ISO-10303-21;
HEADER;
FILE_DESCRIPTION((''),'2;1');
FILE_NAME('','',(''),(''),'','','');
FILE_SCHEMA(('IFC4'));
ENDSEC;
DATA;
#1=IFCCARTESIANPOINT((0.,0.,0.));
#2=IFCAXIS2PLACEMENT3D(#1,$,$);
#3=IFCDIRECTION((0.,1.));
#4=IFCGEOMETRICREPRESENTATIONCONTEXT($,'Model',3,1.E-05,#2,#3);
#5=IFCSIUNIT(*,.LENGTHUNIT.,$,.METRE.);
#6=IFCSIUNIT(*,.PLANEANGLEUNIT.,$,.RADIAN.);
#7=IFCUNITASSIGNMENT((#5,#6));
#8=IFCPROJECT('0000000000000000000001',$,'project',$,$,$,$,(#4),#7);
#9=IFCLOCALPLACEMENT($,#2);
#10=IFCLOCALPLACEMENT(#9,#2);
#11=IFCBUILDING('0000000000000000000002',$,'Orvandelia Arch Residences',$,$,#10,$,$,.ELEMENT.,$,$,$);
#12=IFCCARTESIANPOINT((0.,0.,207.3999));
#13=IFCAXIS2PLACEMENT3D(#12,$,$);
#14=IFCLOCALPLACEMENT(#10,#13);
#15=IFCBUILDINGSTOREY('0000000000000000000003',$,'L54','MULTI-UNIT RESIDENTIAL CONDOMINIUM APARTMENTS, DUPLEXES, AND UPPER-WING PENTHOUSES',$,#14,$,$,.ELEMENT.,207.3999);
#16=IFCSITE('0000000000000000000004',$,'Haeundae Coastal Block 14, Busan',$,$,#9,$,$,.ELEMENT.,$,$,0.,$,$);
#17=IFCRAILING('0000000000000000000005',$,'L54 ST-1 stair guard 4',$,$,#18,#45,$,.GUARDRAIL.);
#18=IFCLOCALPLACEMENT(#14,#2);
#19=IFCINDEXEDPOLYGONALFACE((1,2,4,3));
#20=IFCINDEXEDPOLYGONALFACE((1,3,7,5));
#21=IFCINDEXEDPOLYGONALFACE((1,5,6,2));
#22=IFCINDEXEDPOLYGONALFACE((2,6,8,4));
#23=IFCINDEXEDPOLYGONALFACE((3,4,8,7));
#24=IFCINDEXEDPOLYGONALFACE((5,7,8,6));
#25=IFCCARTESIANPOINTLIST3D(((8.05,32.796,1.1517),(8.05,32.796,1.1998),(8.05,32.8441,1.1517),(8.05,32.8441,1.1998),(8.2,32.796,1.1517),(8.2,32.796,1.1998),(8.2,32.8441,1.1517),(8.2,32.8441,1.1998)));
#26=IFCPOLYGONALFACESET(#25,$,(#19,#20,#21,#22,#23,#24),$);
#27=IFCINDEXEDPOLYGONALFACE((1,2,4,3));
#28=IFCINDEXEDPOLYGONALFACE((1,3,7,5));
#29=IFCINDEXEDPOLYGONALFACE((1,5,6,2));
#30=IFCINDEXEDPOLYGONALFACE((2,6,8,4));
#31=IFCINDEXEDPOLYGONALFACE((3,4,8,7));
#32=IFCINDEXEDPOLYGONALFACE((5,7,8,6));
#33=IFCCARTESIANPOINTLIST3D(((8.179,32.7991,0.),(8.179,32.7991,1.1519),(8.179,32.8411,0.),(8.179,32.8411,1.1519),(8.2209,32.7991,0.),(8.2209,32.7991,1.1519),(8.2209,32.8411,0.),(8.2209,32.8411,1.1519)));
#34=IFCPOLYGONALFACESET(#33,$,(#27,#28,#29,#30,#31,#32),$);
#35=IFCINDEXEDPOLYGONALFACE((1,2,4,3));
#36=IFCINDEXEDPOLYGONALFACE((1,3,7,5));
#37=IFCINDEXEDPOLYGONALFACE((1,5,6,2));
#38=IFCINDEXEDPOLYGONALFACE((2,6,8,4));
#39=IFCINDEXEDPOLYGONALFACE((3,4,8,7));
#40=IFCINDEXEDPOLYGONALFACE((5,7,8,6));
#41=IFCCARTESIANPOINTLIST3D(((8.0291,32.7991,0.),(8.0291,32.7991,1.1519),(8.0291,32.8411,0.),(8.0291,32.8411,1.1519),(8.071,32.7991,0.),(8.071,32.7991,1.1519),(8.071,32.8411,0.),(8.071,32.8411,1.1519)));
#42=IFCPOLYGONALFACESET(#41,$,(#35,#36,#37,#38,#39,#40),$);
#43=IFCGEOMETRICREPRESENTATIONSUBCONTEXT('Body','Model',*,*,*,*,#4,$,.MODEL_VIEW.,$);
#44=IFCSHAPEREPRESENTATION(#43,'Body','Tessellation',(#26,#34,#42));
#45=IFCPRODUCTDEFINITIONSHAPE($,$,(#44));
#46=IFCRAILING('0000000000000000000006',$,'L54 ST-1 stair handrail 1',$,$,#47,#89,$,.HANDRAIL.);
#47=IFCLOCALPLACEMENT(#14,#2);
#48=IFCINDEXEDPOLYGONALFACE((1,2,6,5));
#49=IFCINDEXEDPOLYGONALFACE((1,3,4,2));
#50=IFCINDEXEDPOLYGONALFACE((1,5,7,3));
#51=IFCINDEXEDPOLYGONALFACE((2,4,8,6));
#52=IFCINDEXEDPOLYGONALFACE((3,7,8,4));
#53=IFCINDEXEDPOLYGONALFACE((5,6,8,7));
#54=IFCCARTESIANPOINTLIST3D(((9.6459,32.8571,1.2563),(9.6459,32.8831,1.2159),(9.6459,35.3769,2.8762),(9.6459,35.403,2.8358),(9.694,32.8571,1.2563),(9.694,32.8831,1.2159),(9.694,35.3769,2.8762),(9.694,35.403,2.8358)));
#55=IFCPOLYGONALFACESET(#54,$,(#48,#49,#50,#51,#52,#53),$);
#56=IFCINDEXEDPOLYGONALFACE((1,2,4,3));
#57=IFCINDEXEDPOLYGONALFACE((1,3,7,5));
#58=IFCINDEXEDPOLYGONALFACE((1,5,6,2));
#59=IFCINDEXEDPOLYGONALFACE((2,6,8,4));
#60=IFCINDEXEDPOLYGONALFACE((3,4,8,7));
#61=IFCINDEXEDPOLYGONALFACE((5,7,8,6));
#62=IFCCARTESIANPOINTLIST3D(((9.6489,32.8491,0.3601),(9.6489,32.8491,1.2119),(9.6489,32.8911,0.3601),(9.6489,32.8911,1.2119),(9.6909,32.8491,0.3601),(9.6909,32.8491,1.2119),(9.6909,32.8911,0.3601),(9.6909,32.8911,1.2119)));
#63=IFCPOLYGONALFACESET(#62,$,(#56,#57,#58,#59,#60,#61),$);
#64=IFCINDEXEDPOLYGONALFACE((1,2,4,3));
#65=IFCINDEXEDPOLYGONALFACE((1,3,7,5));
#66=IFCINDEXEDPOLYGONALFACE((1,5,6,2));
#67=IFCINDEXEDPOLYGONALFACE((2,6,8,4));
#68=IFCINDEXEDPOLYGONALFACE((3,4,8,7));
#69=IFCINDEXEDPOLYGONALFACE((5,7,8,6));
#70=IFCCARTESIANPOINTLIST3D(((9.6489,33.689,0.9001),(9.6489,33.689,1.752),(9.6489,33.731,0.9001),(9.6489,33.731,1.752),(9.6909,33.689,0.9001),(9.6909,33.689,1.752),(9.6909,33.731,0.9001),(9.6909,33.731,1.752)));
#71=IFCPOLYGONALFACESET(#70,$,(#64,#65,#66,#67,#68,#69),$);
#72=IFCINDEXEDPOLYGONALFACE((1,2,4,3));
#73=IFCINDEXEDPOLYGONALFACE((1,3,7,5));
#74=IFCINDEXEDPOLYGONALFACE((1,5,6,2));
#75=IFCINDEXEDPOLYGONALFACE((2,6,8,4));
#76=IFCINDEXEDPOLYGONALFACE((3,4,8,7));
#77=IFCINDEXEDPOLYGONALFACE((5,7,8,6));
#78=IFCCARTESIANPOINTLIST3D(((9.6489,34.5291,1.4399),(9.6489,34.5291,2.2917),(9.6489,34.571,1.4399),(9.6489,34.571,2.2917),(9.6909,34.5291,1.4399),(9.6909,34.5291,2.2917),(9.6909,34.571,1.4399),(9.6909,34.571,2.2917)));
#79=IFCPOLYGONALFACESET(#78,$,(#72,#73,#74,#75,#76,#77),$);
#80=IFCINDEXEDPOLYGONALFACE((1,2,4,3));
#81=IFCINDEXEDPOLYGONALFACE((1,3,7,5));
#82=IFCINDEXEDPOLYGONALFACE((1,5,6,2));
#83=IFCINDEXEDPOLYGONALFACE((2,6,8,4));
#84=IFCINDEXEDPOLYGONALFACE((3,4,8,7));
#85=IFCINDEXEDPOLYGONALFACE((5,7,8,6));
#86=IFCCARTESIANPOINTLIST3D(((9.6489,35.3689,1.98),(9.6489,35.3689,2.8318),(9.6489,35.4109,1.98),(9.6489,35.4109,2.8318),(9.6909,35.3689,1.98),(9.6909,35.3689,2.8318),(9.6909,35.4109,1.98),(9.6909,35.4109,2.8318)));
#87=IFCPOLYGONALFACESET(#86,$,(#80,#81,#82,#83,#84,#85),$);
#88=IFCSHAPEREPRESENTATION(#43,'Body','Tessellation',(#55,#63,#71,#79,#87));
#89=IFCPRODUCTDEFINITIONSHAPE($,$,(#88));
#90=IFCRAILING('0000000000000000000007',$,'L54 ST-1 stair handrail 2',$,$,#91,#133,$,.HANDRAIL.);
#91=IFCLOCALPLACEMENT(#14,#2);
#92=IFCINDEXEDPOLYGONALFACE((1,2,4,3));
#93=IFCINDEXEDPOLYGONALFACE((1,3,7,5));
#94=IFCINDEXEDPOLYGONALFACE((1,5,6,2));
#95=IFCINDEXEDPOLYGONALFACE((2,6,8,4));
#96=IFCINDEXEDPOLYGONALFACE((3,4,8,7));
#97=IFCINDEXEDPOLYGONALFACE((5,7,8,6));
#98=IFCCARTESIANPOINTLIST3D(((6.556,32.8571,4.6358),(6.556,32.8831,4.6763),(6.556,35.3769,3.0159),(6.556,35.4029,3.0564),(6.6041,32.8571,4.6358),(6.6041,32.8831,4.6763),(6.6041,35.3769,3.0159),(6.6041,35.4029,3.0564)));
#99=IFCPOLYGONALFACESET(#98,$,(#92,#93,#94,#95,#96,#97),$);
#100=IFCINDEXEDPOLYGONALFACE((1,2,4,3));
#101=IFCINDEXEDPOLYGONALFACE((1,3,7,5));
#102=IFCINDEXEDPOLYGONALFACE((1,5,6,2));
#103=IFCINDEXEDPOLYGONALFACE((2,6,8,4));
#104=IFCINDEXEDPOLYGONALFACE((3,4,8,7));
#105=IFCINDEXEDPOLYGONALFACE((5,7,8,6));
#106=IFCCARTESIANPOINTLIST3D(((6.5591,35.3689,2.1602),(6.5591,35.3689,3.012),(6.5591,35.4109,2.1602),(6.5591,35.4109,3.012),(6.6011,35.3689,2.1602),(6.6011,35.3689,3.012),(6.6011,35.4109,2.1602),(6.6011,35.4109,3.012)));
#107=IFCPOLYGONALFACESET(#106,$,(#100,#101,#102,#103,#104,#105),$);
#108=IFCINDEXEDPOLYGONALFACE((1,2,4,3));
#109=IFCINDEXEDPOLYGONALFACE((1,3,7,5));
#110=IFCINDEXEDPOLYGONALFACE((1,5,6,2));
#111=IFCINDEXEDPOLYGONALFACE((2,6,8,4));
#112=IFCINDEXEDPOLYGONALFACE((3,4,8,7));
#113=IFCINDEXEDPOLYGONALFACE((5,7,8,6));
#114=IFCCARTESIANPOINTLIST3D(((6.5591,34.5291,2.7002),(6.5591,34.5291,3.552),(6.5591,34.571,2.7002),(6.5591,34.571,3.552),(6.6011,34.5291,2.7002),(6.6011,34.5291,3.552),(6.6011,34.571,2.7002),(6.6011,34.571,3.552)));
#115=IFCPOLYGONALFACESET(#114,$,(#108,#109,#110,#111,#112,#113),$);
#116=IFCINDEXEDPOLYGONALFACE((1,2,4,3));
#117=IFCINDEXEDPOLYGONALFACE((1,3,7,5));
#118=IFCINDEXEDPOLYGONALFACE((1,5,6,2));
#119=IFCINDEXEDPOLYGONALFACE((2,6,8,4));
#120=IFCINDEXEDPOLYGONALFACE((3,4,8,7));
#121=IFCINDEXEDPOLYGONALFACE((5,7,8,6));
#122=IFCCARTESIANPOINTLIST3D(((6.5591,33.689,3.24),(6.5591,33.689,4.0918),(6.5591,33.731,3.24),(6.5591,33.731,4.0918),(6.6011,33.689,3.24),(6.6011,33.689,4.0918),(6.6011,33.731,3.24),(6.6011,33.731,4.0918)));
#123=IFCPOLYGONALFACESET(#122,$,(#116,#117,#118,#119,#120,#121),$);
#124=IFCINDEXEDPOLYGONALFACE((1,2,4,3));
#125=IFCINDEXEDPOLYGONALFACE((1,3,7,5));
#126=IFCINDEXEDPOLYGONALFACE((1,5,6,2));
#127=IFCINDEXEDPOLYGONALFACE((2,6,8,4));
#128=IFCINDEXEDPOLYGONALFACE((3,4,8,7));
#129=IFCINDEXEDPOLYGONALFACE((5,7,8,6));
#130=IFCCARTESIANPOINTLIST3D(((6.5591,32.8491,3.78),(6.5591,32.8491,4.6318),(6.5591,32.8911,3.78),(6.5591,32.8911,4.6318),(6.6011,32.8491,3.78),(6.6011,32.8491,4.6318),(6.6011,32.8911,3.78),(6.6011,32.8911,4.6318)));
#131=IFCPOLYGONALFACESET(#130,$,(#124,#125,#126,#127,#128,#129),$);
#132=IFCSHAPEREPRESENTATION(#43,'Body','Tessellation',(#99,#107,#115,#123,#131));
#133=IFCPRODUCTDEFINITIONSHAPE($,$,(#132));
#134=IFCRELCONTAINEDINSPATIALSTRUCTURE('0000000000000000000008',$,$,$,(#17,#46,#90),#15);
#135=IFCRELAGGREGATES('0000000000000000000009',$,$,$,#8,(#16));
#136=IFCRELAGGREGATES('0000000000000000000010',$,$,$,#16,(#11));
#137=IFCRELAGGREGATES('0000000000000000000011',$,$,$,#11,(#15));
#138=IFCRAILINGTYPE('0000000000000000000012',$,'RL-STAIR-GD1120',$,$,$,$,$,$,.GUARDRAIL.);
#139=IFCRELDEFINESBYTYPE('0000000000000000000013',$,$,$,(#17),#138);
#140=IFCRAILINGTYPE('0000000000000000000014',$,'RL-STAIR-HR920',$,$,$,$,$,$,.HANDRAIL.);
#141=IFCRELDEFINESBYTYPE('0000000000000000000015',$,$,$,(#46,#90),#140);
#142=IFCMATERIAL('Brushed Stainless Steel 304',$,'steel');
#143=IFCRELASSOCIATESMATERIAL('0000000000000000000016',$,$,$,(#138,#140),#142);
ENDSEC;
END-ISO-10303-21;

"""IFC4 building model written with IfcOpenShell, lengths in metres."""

from ifc_helpers import new_model, si_unit, direction, frame, origin, origin_2d, place, context, subcontext, project, spatial, rectangle, extrude, material, type_object, element, save


model = new_model("IFC4")

# Units and contexts
model_context = context("Model", 3, precision=1e-05, world=origin(), true_north=direction((0.0, 1.0)))
body_context = subcontext(model_context, "Body", "Model", "MODEL_VIEW")
ifc_project = project(units=[si_unit("LENGTHUNIT", "METRE"), si_unit("PLANEANGLEUNIT", "RADIAN")], contexts=[model_context])

# Site, building, storey
site_placement = place(None, origin())
site = spatial("IfcSite", under=ifc_project, at=site_placement, Name="Haeundae Coastal Block 14, Busan", CompositionType="ELEMENT", RefElevation=0.0)
building_placement = place(site_placement, origin())
building = spatial("IfcBuilding", under=site, at=building_placement, Name="Orvandelia Arch Residences", CompositionType="ELEMENT")
storey_placement = place(building_placement, frame((0.0, 0.0, 207.3999)))
storey = spatial("IfcBuildingStorey", under=building, at=storey_placement, Name="L54", Description="MULTI-UNIT RESIDENTIAL CONDOMINIUM APARTMENTS, DUPLEXES, AND UPPER-WING PENTHOUSES", CompositionType="ELEMENT", Elevation=207.3999)

# Railings
ifc_material_1 = material(Name="Brushed Stainless Steel 304", Category="steel")
railing_type_1 = type_object("IfcRailingType", Name="RL-STAIR-GD1120", PredefinedType="GUARDRAIL", material=ifc_material_1)
railing_1_placement = place(storey_placement, frame((8.2, 32.8201, 0.0)))
element("IfcRailing", 1, at=railing_1_placement, inside=storey, type_object=railing_type_1, Name="L54 ST-1 stair guard 4", PredefinedType="GUARDRAIL", context=body_context, shape_type="SweptSolid", body=[
    extrude(rectangle(XDim=0.0481, YDim=0.0481, at=origin_2d()), frame((0.0, 0.0, 1.1758), z_axis=(-1.0, 0.0, 0.0), x_axis=(0.0, -1.0, 0.0)), (0.0, 0.0, 1.0), 0.1499),
    extrude(rectangle(XDim=0.042, YDim=0.042, at=origin_2d()), origin(), (0.0, 0.0, 1.0), 1.1519),
    extrude(rectangle(XDim=0.042, YDim=0.042, at=origin_2d()), frame((-0.1499, 0.0, 0.0)), (0.0, 0.0, 1.0), 1.1519),
])
railing_type_2 = type_object("IfcRailingType", Name="RL-STAIR-HR920", PredefinedType="HANDRAIL", material=ifc_material_1)
railing_2_placement = place(storey_placement, frame((9.6699, 32.8701, 0.3601)))
element("IfcRailing", 2, at=railing_2_placement, inside=storey, type_object=railing_type_2, Name="L54 ST-1 stair handrail 1", PredefinedType="HANDRAIL", context=body_context, shape_type="SweptSolid", body=[
    extrude(rectangle(XDim=0.0481, YDim=0.0481, at=origin_2d()), frame((0.0, 0.0, 0.876), z_axis=(0.0, 0.841176, 0.540762), x_axis=(-1.0, 0.0, 0.0)), (0.0, 0.0, 1.0), 2.9956),
    extrude(rectangle(XDim=0.042, YDim=0.042, at=origin_2d()), origin(), (0.0, 0.0, 1.0), 0.8518),
    extrude(rectangle(XDim=0.042, YDim=0.042, at=origin_2d()), frame((0.0, 0.8398, 0.54)), (0.0, 0.0, 1.0), 0.8518),
    extrude(rectangle(XDim=0.042, YDim=0.042, at=origin_2d()), frame((0.0, 1.6799, 1.0798)), (0.0, 0.0, 1.0), 0.8518),
    extrude(rectangle(XDim=0.042, YDim=0.042, at=origin_2d()), frame((0.0, 2.5198, 1.6199)), (0.0, 0.0, 1.0), 0.8518),
])
railing_3_placement = place(storey_placement, frame((6.5801, 35.3899, 2.1602)))
element("IfcRailing", 3, at=railing_3_placement, inside=storey, type_object=railing_type_2, Name="L54 ST-1 stair handrail 2", PredefinedType="HANDRAIL", context=body_context, shape_type="SweptSolid", body=[
    extrude(rectangle(XDim=0.0481, YDim=0.0481, at=origin_2d()), frame((0.0, 0.0, 0.876), z_axis=(0.0, -0.841176, 0.540762), x_axis=(1.0, 0.0, 0.0)), (0.0, 0.0, 1.0), 2.9956),
    extrude(rectangle(XDim=0.042, YDim=0.042, at=origin_2d()), origin(), (0.0, 0.0, 1.0), 0.8518),
    extrude(rectangle(XDim=0.042, YDim=0.042, at=origin_2d()), frame((0.0, -0.8398, 0.54)), (0.0, 0.0, 1.0), 0.8518),
    extrude(rectangle(XDim=0.042, YDim=0.042, at=origin_2d()), frame((0.0, -1.6799, 1.0798)), (0.0, 0.0, 1.0), 0.8518),
    extrude(rectangle(XDim=0.042, YDim=0.042, at=origin_2d()), frame((0.0, -2.5198, 1.6199)), (0.0, 0.0, 1.0), 0.8518),
])

save(model, "model.ifc")
